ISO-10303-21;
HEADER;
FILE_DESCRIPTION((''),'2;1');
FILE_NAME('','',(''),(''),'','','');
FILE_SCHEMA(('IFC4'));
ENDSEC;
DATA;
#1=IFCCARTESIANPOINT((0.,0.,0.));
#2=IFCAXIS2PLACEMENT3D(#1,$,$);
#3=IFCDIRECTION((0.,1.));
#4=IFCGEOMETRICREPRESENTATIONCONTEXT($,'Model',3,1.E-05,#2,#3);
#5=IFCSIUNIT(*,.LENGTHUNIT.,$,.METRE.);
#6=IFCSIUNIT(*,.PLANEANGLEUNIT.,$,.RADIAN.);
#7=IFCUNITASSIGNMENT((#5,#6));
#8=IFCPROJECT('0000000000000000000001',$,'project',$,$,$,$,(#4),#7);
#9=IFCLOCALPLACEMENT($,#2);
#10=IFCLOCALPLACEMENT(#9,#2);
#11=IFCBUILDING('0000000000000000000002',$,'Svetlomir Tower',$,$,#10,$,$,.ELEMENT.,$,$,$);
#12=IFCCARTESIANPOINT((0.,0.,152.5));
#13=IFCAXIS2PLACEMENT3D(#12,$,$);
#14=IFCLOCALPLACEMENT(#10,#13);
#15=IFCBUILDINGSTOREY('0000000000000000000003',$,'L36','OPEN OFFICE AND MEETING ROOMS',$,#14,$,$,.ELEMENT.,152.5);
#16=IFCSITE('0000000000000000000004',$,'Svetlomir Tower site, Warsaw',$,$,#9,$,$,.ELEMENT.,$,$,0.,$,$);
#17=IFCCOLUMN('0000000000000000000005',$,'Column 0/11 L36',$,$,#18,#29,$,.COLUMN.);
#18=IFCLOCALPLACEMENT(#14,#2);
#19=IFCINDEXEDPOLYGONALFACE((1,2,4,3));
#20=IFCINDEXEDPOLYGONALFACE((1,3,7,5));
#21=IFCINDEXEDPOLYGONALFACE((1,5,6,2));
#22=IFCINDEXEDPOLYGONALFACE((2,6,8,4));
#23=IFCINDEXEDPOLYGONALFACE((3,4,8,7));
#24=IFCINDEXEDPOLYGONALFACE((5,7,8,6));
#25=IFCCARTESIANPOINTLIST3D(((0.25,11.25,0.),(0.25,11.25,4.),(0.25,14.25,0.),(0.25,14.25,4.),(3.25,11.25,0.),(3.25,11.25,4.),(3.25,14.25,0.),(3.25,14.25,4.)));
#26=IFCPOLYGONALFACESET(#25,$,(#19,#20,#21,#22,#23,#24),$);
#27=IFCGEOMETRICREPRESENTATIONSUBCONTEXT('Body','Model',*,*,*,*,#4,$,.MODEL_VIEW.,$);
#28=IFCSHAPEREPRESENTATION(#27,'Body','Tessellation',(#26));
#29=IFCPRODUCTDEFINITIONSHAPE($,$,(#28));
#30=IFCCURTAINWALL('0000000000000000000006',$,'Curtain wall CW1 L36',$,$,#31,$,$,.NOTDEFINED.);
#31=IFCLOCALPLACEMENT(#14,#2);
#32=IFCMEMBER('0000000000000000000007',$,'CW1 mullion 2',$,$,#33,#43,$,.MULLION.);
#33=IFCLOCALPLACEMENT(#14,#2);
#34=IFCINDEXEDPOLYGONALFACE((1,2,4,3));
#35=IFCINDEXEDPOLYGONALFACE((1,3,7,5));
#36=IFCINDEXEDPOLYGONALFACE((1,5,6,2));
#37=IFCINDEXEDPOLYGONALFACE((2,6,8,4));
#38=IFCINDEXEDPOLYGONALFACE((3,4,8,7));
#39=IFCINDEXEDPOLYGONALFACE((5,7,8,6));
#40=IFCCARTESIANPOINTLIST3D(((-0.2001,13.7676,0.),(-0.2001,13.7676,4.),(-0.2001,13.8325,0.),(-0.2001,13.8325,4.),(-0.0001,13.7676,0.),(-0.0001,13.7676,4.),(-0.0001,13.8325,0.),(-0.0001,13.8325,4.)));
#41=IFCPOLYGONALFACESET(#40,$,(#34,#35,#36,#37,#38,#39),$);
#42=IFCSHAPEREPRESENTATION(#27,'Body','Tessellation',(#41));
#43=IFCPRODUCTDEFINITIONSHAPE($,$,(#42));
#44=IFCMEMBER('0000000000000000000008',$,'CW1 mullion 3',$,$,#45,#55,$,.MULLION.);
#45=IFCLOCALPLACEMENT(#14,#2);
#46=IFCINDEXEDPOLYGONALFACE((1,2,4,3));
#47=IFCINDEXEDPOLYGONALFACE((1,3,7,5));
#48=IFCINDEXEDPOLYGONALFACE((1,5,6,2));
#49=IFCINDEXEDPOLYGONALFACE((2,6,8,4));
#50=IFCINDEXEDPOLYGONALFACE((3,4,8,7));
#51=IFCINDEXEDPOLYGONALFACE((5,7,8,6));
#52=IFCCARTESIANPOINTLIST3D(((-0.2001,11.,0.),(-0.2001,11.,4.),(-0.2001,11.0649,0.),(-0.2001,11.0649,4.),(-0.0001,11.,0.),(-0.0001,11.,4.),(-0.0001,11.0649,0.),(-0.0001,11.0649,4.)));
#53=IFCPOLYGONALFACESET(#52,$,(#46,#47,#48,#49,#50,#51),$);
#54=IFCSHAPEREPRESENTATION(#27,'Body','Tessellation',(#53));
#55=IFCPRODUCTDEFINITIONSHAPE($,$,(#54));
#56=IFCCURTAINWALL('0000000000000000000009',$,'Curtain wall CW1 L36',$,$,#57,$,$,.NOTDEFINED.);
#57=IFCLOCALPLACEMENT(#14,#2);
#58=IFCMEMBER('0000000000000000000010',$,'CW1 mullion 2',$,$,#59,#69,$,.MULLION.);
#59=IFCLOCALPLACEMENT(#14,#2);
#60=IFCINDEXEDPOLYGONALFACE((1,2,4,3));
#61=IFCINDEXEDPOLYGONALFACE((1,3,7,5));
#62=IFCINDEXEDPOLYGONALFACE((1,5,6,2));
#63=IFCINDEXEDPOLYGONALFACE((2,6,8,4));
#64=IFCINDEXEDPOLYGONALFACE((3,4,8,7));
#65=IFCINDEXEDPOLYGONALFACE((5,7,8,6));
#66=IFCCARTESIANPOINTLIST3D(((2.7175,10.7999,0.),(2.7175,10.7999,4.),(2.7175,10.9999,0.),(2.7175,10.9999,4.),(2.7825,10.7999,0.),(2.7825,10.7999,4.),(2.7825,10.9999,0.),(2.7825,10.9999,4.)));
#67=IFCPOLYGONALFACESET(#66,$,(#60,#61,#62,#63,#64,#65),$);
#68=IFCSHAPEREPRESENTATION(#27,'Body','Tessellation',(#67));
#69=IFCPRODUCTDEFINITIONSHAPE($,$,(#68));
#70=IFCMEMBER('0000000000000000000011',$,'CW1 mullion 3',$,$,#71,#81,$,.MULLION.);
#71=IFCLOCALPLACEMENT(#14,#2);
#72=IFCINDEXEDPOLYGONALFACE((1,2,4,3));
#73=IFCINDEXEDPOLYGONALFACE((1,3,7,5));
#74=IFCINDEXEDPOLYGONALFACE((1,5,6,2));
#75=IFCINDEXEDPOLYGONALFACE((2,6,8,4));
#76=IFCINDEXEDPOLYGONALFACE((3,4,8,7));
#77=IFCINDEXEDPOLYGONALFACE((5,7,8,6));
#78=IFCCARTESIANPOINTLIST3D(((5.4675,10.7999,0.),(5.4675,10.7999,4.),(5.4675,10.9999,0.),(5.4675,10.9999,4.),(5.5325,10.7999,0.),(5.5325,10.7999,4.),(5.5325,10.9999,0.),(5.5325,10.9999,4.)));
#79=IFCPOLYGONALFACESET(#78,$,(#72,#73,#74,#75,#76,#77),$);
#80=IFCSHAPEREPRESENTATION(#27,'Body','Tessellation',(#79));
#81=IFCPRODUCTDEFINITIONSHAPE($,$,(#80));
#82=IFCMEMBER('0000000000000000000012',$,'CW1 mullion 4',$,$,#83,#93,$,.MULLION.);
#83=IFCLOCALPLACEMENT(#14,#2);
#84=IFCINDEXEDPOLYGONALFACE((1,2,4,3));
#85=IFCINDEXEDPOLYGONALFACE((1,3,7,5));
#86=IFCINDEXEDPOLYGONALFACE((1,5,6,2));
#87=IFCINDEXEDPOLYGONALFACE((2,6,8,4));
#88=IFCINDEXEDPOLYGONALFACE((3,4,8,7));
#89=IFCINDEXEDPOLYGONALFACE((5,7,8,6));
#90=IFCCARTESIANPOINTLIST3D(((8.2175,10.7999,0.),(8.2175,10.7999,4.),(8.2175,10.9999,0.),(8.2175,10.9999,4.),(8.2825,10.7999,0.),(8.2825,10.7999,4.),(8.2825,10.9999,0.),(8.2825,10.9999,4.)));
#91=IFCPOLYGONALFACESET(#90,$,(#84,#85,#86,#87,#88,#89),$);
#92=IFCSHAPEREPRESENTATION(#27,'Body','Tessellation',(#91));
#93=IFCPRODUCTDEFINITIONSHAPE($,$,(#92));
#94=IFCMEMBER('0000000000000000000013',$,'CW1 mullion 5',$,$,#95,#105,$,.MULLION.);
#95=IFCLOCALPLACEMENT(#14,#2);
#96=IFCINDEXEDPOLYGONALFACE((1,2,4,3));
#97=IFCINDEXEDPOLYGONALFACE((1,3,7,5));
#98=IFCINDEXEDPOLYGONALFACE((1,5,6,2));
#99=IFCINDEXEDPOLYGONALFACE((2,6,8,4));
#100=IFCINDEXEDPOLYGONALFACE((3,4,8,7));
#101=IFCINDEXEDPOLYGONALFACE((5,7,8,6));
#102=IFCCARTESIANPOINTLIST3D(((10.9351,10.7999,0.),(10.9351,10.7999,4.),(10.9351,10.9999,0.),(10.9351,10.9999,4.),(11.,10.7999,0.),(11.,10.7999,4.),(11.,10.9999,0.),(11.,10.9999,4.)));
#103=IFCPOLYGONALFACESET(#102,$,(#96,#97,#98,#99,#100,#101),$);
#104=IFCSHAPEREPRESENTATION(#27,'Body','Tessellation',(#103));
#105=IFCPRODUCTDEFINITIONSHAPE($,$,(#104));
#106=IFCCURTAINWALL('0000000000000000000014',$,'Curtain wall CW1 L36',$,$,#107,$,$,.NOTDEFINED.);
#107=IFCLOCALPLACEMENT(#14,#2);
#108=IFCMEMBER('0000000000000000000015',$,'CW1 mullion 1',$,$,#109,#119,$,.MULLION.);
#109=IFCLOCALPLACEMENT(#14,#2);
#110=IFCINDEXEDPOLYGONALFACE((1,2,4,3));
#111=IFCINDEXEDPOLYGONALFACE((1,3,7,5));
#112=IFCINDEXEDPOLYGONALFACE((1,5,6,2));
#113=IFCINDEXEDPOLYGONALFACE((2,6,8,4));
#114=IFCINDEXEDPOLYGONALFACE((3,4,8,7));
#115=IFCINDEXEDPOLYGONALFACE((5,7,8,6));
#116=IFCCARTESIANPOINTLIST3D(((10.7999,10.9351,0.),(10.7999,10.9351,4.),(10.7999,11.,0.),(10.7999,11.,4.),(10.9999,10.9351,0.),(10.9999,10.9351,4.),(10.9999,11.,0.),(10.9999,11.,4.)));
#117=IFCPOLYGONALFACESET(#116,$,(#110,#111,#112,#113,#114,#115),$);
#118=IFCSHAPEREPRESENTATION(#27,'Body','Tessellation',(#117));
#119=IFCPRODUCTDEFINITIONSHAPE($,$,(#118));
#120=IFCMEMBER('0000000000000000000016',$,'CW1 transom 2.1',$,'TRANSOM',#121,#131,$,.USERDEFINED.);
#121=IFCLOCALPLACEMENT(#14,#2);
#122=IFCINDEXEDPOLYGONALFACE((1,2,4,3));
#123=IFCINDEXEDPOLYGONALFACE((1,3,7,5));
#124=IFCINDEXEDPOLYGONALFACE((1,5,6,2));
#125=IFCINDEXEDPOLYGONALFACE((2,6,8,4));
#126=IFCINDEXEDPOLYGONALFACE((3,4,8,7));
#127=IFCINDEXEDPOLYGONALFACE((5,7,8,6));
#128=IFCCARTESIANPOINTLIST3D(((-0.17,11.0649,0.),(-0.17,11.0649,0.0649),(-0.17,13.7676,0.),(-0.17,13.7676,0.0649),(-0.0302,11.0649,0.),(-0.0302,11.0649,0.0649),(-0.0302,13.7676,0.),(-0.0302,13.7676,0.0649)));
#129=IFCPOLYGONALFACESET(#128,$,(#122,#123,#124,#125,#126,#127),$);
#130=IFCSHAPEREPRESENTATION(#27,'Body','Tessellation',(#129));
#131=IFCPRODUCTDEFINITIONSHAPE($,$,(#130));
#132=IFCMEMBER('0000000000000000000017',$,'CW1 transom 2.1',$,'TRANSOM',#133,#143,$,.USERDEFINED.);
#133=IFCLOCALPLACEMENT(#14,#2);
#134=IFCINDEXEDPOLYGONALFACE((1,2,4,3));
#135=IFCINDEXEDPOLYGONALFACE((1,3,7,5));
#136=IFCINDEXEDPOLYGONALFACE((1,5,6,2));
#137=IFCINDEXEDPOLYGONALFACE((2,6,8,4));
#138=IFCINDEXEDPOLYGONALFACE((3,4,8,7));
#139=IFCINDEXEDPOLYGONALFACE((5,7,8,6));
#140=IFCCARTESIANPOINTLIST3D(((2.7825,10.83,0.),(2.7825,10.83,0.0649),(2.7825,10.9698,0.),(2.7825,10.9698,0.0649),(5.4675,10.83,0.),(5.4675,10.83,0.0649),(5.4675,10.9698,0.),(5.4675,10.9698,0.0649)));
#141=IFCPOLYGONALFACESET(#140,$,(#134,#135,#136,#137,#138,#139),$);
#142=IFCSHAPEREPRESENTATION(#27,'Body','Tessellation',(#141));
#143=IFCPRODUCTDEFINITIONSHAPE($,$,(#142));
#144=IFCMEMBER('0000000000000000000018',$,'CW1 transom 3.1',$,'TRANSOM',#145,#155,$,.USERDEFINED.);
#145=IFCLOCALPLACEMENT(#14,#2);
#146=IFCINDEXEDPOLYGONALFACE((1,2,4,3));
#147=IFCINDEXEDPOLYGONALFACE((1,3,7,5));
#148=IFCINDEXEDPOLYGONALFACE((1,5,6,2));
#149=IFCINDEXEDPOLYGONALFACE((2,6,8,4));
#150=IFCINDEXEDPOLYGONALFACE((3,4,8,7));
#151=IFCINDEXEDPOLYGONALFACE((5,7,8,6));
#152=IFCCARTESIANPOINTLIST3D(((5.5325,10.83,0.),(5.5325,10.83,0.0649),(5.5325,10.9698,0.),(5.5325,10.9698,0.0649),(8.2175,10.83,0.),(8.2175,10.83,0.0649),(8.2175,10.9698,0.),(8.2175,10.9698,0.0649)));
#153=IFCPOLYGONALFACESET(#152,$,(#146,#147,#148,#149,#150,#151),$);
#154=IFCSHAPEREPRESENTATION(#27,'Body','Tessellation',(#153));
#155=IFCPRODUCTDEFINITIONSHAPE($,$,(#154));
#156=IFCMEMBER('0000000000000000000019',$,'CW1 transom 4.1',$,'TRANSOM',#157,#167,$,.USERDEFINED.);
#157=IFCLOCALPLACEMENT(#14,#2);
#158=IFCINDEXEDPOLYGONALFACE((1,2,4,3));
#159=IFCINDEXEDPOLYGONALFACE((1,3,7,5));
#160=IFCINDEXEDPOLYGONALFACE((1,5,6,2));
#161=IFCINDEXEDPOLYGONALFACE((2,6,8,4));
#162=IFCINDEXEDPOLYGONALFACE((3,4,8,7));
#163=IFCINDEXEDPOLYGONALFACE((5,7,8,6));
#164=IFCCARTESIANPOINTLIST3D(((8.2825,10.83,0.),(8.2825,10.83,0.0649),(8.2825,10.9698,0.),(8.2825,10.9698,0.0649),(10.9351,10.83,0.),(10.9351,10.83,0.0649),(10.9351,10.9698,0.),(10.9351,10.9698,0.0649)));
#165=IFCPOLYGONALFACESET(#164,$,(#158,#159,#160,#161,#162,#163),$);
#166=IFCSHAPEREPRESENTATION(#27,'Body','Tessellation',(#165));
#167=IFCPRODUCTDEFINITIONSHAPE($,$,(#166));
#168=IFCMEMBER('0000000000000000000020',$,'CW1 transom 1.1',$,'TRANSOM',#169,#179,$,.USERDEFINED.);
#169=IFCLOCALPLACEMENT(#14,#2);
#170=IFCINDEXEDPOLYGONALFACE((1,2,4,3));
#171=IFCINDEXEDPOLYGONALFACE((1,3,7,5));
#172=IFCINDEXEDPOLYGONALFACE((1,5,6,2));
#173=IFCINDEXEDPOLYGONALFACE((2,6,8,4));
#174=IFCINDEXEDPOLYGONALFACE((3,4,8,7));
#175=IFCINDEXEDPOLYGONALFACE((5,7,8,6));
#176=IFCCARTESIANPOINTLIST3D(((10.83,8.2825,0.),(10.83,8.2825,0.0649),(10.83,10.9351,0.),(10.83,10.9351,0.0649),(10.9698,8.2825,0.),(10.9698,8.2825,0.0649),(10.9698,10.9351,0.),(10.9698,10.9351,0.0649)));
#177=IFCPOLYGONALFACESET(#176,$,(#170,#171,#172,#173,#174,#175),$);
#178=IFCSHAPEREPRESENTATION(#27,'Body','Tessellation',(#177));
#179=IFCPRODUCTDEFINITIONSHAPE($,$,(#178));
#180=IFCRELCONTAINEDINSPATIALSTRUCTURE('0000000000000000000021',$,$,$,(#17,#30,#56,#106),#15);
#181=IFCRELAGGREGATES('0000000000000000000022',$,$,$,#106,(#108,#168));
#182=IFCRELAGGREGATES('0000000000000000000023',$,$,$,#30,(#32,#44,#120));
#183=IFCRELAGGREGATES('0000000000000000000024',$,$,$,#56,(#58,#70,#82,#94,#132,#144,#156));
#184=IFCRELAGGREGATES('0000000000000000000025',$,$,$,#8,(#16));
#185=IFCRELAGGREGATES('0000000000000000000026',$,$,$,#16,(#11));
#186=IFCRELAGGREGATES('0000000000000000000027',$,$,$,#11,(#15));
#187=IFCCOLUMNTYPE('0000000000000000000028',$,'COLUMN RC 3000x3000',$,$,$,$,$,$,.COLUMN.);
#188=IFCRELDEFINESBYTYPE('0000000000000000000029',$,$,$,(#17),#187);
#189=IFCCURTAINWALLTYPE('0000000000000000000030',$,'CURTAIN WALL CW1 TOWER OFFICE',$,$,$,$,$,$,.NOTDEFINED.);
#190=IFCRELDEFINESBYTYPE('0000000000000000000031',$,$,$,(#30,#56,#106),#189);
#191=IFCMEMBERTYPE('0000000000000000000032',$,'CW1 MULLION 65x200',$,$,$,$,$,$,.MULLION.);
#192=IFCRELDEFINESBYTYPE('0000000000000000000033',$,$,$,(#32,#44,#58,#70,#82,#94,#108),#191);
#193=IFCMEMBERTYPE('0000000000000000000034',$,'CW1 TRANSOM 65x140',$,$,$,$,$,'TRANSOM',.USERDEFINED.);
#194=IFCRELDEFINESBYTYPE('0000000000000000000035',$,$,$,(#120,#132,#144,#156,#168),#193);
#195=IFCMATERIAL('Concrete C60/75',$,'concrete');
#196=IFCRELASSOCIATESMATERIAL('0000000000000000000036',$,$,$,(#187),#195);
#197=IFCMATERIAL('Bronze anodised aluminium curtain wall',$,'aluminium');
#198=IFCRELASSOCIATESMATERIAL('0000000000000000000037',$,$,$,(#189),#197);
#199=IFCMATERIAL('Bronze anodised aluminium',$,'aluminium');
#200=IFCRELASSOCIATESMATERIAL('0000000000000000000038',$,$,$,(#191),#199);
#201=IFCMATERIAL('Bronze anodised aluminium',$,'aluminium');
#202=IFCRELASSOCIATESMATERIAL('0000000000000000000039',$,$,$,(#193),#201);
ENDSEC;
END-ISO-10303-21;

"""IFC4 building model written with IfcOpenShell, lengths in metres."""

from ifc_helpers import new_model, si_unit, direction, frame, origin, origin_2d, place, context, subcontext, project, spatial, rectangle, extrude, material, material_profile, profile_set, type_object, element, aggregate, save


model = new_model("IFC4")

# Units and contexts
model_context = context("Model", 3, precision=1e-05, world=origin(), true_north=direction((0.0, 1.0)))
body_context = subcontext(model_context, "Body", "Model", "MODEL_VIEW")
ifc_project = project(units=[si_unit("LENGTHUNIT", "METRE"), si_unit("PLANEANGLEUNIT", "RADIAN")], contexts=[model_context])

# Site, building, storey
site_placement = place(None, origin())
site = spatial("IfcSite", under=ifc_project, at=site_placement, Name="Svetlomir Tower site, Warsaw", CompositionType="ELEMENT", RefElevation=0.0)
building_placement = place(site_placement, origin())
building = spatial("IfcBuilding", under=site, at=building_placement, Name="Svetlomir Tower", CompositionType="ELEMENT")
storey_placement = place(building_placement, frame((0.0, 0.0, 152.5)))
storey = spatial("IfcBuildingStorey", under=building, at=storey_placement, Name="L36", Description="OPEN OFFICE AND MEETING ROOMS", CompositionType="ELEMENT", Elevation=152.5)

# Column
ifc_material_1 = material(Name="Concrete C60/75", Category="concrete")
ifc_material_profile_1 = material_profile(ifc_material_1, rectangle(XDim=3.0, YDim=3.0, at=origin_2d()), Name="RC 3000x3000")
ifc_profile_set_1 = profile_set([ifc_material_profile_1], Name="Concrete C60/75")
column_type = type_object("IfcColumnType", Name="COLUMN RC 3000x3000", PredefinedType="COLUMN", material=ifc_profile_set_1)
column_placement = place(storey_placement, frame((1.75, 12.75, 0.0), z_axis=(0.0, 0.0, 1.0), x_axis=(1.0, 0.0, 0.0)))
element("IfcColumn", 1, at=column_placement, inside=storey, type_object=column_type, Name="Column 0/11 L36", PredefinedType="COLUMN", context=body_context, shape_type="SweptSolid", body=[
    extrude(rectangle(XDim=3.0, YDim=3.0, at=origin_2d()), origin(), (0.0, 0.0, 1.0), 4.0),
])

# Curtain walls, members
ifc_material_2 = material(Name="Bronze anodised aluminium curtain wall", Category="aluminium")
curtain_wall_type = type_object("IfcCurtainWallType", Name="CURTAIN WALL CW1 TOWER OFFICE", PredefinedType="NOTDEFINED", material=ifc_material_2)
curtain_wall_1_placement = place(storey_placement, origin())
curtain_wall_1 = element("IfcCurtainWall", 2, at=curtain_wall_1_placement, inside=storey, type_object=curtain_wall_type, Name="Curtain wall CW1 L36", PredefinedType="NOTDEFINED")
ifc_material_3 = material(Name="Bronze anodised aluminium", Category="aluminium")
ifc_material_profile_2 = material_profile(ifc_material_3, rectangle(XDim=0.0649, YDim=0.2, at=origin_2d()), Name="AL 65x200")
ifc_profile_set_2 = profile_set([ifc_material_profile_2], Name="Bronze anodised aluminium 6063-T6")
member_type_1 = type_object("IfcMemberType", Name="CW1 MULLION 65x200", PredefinedType="MULLION", material=ifc_profile_set_2)
member_1_placement = place(storey_placement, frame((-0.1001, 13.8, 0.0), z_axis=(0.0, 0.0, 1.0), x_axis=(0.0, -1.0, 0.0)))
member_1 = element("IfcMember", 3, at=member_1_placement, type_object=member_type_1, Name="CW1 mullion 2", PredefinedType="MULLION", context=body_context, shape_type="SweptSolid", body=[
    extrude(rectangle(XDim=0.0649, YDim=0.2, at=origin_2d()), origin(), (0.0, 0.0, 1.0), 4.0),
])
member_2_placement = place(storey_placement, frame((-0.1001, 11.0325, 0.0), z_axis=(0.0, 0.0, 1.0), x_axis=(0.0, -1.0, 0.0)))
member_2 = element("IfcMember", 4, at=member_2_placement, type_object=member_type_1, Name="CW1 mullion 3", PredefinedType="MULLION", context=body_context, shape_type="SweptSolid", body=[
    extrude(rectangle(XDim=0.0649, YDim=0.2, at=origin_2d()), origin(), (0.0, 0.0, 1.0), 4.0),
])
curtain_wall_2_placement = place(storey_placement, origin())
curtain_wall_2 = element("IfcCurtainWall", 5, at=curtain_wall_2_placement, inside=storey, type_object=curtain_wall_type, Name="Curtain wall CW1 L36", PredefinedType="NOTDEFINED")
member_3_placement = place(storey_placement, frame((2.75, 10.8999, 0.0), z_axis=(0.0, 0.0, 1.0), x_axis=(1.0, 0.0, 0.0)))
member_3 = element("IfcMember", 6, at=member_3_placement, type_object=member_type_1, Name="CW1 mullion 2", PredefinedType="MULLION", context=body_context, shape_type="SweptSolid", body=[
    extrude(rectangle(XDim=0.0649, YDim=0.2, at=origin_2d()), origin(), (0.0, 0.0, 1.0), 4.0),
])
member_4_placement = place(storey_placement, frame((5.5, 10.8999, 0.0), z_axis=(0.0, 0.0, 1.0), x_axis=(1.0, 0.0, 0.0)))
member_4 = element("IfcMember", 7, at=member_4_placement, type_object=member_type_1, Name="CW1 mullion 3", PredefinedType="MULLION", context=body_context, shape_type="SweptSolid", body=[
    extrude(rectangle(XDim=0.0649, YDim=0.2, at=origin_2d()), origin(), (0.0, 0.0, 1.0), 4.0),
])
member_5_placement = place(storey_placement, frame((8.25, 10.8999, 0.0), z_axis=(0.0, 0.0, 1.0), x_axis=(1.0, 0.0, 0.0)))
member_5 = element("IfcMember", 8, at=member_5_placement, type_object=member_type_1, Name="CW1 mullion 4", PredefinedType="MULLION", context=body_context, shape_type="SweptSolid", body=[
    extrude(rectangle(XDim=0.0649, YDim=0.2, at=origin_2d()), origin(), (0.0, 0.0, 1.0), 4.0),
])
member_6_placement = place(storey_placement, frame((10.9675, 10.8999, 0.0), z_axis=(0.0, 0.0, 1.0), x_axis=(1.0, 0.0, 0.0)))
member_6 = element("IfcMember", 9, at=member_6_placement, type_object=member_type_1, Name="CW1 mullion 5", PredefinedType="MULLION", context=body_context, shape_type="SweptSolid", body=[
    extrude(rectangle(XDim=0.0649, YDim=0.2, at=origin_2d()), origin(), (0.0, 0.0, 1.0), 4.0),
])

# Curtain wall, member
curtain_wall_3_placement = place(storey_placement, origin())
curtain_wall_3 = element("IfcCurtainWall", 10, at=curtain_wall_3_placement, inside=storey, type_object=curtain_wall_type, Name="Curtain wall CW1 L36", PredefinedType="NOTDEFINED")
member_7_placement = place(storey_placement, frame((10.8999, 10.9675, 0.0), z_axis=(0.0, 0.0, 1.0), x_axis=(0.0, -1.0, 0.0)))
member_7 = element("IfcMember", 11, at=member_7_placement, type_object=member_type_1, Name="CW1 mullion 1", PredefinedType="MULLION", context=body_context, shape_type="SweptSolid", body=[
    extrude(rectangle(XDim=0.0649, YDim=0.2, at=origin_2d()), origin(), (0.0, 0.0, 1.0), 4.0),
])

# Members
ifc_material_4 = material(Name="Bronze anodised aluminium", Category="aluminium")
ifc_material_profile_3 = material_profile(ifc_material_4, rectangle(XDim=0.1399, YDim=0.0649, at=origin_2d()), Name="AL 140x65")
ifc_profile_set_3 = profile_set([ifc_material_profile_3], Name="Bronze anodised aluminium 6063-T6")
member_type_2 = type_object("IfcMemberType", Name="CW1 TRANSOM 65x140", ElementType="TRANSOM", PredefinedType="USERDEFINED", material=ifc_profile_set_3)
member_8_placement = place(storey_placement, frame((-0.1001, 13.7676, 0.0325), z_axis=(0.0, -1.0, 0.0), x_axis=(1.0, 0.0, 0.0)))
member_8 = element("IfcMember", 12, at=member_8_placement, type_object=member_type_2, Name="CW1 transom 2.1", ObjectType="TRANSOM", PredefinedType="USERDEFINED", context=body_context, shape_type="SweptSolid", body=[
    extrude(rectangle(XDim=0.1399, YDim=0.0649, at=origin_2d()), origin(), (0.0, 0.0, 1.0), 2.7026),
])
member_9_placement = place(storey_placement, frame((2.7825, 10.8999, 0.0325), z_axis=(1.0, 0.0, 0.0), x_axis=(0.0, 1.0, 0.0)))
member_9 = element("IfcMember", 13, at=member_9_placement, type_object=member_type_2, Name="CW1 transom 2.1", ObjectType="TRANSOM", PredefinedType="USERDEFINED", context=body_context, shape_type="SweptSolid", body=[
    extrude(rectangle(XDim=0.1399, YDim=0.0649, at=origin_2d()), origin(), (0.0, 0.0, 1.0), 2.6851),
])
member_10_placement = place(storey_placement, frame((5.5325, 10.8999, 0.0325), z_axis=(1.0, 0.0, 0.0), x_axis=(0.0, 1.0, 0.0)))
member_10 = element("IfcMember", 14, at=member_10_placement, type_object=member_type_2, Name="CW1 transom 3.1", ObjectType="TRANSOM", PredefinedType="USERDEFINED", context=body_context, shape_type="SweptSolid", body=[
    extrude(rectangle(XDim=0.1399, YDim=0.0649, at=origin_2d()), origin(), (0.0, 0.0, 1.0), 2.6851),
])
member_11_placement = place(storey_placement, frame((8.2825, 10.8999, 0.0325), z_axis=(1.0, 0.0, 0.0), x_axis=(0.0, 1.0, 0.0)))
member_11 = element("IfcMember", 15, at=member_11_placement, type_object=member_type_2, Name="CW1 transom 4.1", ObjectType="TRANSOM", PredefinedType="USERDEFINED", context=body_context, shape_type="SweptSolid", body=[
    extrude(rectangle(XDim=0.1399, YDim=0.0649, at=origin_2d()), origin(), (0.0, 0.0, 1.0), 2.6526),
])
member_12_placement = place(storey_placement, frame((10.8999, 10.9351, 0.0325), z_axis=(0.0, -1.0, 0.0), x_axis=(1.0, 0.0, 0.0)))
member_12 = element("IfcMember", 16, at=member_12_placement, type_object=member_type_2, Name="CW1 transom 1.1", ObjectType="TRANSOM", PredefinedType="USERDEFINED", context=body_context, shape_type="SweptSolid", body=[
    extrude(rectangle(XDim=0.1399, YDim=0.0649, at=origin_2d()), origin(), (0.0, 0.0, 1.0), 2.6526),
])
aggregate(curtain_wall_3, [member_7, member_12])

aggregate(curtain_wall_1, [member_1, member_2, member_8])
aggregate(curtain_wall_2, [member_3, member_4, member_5, member_6, member_9, member_10, member_11])

save(model, "model.ifc")
